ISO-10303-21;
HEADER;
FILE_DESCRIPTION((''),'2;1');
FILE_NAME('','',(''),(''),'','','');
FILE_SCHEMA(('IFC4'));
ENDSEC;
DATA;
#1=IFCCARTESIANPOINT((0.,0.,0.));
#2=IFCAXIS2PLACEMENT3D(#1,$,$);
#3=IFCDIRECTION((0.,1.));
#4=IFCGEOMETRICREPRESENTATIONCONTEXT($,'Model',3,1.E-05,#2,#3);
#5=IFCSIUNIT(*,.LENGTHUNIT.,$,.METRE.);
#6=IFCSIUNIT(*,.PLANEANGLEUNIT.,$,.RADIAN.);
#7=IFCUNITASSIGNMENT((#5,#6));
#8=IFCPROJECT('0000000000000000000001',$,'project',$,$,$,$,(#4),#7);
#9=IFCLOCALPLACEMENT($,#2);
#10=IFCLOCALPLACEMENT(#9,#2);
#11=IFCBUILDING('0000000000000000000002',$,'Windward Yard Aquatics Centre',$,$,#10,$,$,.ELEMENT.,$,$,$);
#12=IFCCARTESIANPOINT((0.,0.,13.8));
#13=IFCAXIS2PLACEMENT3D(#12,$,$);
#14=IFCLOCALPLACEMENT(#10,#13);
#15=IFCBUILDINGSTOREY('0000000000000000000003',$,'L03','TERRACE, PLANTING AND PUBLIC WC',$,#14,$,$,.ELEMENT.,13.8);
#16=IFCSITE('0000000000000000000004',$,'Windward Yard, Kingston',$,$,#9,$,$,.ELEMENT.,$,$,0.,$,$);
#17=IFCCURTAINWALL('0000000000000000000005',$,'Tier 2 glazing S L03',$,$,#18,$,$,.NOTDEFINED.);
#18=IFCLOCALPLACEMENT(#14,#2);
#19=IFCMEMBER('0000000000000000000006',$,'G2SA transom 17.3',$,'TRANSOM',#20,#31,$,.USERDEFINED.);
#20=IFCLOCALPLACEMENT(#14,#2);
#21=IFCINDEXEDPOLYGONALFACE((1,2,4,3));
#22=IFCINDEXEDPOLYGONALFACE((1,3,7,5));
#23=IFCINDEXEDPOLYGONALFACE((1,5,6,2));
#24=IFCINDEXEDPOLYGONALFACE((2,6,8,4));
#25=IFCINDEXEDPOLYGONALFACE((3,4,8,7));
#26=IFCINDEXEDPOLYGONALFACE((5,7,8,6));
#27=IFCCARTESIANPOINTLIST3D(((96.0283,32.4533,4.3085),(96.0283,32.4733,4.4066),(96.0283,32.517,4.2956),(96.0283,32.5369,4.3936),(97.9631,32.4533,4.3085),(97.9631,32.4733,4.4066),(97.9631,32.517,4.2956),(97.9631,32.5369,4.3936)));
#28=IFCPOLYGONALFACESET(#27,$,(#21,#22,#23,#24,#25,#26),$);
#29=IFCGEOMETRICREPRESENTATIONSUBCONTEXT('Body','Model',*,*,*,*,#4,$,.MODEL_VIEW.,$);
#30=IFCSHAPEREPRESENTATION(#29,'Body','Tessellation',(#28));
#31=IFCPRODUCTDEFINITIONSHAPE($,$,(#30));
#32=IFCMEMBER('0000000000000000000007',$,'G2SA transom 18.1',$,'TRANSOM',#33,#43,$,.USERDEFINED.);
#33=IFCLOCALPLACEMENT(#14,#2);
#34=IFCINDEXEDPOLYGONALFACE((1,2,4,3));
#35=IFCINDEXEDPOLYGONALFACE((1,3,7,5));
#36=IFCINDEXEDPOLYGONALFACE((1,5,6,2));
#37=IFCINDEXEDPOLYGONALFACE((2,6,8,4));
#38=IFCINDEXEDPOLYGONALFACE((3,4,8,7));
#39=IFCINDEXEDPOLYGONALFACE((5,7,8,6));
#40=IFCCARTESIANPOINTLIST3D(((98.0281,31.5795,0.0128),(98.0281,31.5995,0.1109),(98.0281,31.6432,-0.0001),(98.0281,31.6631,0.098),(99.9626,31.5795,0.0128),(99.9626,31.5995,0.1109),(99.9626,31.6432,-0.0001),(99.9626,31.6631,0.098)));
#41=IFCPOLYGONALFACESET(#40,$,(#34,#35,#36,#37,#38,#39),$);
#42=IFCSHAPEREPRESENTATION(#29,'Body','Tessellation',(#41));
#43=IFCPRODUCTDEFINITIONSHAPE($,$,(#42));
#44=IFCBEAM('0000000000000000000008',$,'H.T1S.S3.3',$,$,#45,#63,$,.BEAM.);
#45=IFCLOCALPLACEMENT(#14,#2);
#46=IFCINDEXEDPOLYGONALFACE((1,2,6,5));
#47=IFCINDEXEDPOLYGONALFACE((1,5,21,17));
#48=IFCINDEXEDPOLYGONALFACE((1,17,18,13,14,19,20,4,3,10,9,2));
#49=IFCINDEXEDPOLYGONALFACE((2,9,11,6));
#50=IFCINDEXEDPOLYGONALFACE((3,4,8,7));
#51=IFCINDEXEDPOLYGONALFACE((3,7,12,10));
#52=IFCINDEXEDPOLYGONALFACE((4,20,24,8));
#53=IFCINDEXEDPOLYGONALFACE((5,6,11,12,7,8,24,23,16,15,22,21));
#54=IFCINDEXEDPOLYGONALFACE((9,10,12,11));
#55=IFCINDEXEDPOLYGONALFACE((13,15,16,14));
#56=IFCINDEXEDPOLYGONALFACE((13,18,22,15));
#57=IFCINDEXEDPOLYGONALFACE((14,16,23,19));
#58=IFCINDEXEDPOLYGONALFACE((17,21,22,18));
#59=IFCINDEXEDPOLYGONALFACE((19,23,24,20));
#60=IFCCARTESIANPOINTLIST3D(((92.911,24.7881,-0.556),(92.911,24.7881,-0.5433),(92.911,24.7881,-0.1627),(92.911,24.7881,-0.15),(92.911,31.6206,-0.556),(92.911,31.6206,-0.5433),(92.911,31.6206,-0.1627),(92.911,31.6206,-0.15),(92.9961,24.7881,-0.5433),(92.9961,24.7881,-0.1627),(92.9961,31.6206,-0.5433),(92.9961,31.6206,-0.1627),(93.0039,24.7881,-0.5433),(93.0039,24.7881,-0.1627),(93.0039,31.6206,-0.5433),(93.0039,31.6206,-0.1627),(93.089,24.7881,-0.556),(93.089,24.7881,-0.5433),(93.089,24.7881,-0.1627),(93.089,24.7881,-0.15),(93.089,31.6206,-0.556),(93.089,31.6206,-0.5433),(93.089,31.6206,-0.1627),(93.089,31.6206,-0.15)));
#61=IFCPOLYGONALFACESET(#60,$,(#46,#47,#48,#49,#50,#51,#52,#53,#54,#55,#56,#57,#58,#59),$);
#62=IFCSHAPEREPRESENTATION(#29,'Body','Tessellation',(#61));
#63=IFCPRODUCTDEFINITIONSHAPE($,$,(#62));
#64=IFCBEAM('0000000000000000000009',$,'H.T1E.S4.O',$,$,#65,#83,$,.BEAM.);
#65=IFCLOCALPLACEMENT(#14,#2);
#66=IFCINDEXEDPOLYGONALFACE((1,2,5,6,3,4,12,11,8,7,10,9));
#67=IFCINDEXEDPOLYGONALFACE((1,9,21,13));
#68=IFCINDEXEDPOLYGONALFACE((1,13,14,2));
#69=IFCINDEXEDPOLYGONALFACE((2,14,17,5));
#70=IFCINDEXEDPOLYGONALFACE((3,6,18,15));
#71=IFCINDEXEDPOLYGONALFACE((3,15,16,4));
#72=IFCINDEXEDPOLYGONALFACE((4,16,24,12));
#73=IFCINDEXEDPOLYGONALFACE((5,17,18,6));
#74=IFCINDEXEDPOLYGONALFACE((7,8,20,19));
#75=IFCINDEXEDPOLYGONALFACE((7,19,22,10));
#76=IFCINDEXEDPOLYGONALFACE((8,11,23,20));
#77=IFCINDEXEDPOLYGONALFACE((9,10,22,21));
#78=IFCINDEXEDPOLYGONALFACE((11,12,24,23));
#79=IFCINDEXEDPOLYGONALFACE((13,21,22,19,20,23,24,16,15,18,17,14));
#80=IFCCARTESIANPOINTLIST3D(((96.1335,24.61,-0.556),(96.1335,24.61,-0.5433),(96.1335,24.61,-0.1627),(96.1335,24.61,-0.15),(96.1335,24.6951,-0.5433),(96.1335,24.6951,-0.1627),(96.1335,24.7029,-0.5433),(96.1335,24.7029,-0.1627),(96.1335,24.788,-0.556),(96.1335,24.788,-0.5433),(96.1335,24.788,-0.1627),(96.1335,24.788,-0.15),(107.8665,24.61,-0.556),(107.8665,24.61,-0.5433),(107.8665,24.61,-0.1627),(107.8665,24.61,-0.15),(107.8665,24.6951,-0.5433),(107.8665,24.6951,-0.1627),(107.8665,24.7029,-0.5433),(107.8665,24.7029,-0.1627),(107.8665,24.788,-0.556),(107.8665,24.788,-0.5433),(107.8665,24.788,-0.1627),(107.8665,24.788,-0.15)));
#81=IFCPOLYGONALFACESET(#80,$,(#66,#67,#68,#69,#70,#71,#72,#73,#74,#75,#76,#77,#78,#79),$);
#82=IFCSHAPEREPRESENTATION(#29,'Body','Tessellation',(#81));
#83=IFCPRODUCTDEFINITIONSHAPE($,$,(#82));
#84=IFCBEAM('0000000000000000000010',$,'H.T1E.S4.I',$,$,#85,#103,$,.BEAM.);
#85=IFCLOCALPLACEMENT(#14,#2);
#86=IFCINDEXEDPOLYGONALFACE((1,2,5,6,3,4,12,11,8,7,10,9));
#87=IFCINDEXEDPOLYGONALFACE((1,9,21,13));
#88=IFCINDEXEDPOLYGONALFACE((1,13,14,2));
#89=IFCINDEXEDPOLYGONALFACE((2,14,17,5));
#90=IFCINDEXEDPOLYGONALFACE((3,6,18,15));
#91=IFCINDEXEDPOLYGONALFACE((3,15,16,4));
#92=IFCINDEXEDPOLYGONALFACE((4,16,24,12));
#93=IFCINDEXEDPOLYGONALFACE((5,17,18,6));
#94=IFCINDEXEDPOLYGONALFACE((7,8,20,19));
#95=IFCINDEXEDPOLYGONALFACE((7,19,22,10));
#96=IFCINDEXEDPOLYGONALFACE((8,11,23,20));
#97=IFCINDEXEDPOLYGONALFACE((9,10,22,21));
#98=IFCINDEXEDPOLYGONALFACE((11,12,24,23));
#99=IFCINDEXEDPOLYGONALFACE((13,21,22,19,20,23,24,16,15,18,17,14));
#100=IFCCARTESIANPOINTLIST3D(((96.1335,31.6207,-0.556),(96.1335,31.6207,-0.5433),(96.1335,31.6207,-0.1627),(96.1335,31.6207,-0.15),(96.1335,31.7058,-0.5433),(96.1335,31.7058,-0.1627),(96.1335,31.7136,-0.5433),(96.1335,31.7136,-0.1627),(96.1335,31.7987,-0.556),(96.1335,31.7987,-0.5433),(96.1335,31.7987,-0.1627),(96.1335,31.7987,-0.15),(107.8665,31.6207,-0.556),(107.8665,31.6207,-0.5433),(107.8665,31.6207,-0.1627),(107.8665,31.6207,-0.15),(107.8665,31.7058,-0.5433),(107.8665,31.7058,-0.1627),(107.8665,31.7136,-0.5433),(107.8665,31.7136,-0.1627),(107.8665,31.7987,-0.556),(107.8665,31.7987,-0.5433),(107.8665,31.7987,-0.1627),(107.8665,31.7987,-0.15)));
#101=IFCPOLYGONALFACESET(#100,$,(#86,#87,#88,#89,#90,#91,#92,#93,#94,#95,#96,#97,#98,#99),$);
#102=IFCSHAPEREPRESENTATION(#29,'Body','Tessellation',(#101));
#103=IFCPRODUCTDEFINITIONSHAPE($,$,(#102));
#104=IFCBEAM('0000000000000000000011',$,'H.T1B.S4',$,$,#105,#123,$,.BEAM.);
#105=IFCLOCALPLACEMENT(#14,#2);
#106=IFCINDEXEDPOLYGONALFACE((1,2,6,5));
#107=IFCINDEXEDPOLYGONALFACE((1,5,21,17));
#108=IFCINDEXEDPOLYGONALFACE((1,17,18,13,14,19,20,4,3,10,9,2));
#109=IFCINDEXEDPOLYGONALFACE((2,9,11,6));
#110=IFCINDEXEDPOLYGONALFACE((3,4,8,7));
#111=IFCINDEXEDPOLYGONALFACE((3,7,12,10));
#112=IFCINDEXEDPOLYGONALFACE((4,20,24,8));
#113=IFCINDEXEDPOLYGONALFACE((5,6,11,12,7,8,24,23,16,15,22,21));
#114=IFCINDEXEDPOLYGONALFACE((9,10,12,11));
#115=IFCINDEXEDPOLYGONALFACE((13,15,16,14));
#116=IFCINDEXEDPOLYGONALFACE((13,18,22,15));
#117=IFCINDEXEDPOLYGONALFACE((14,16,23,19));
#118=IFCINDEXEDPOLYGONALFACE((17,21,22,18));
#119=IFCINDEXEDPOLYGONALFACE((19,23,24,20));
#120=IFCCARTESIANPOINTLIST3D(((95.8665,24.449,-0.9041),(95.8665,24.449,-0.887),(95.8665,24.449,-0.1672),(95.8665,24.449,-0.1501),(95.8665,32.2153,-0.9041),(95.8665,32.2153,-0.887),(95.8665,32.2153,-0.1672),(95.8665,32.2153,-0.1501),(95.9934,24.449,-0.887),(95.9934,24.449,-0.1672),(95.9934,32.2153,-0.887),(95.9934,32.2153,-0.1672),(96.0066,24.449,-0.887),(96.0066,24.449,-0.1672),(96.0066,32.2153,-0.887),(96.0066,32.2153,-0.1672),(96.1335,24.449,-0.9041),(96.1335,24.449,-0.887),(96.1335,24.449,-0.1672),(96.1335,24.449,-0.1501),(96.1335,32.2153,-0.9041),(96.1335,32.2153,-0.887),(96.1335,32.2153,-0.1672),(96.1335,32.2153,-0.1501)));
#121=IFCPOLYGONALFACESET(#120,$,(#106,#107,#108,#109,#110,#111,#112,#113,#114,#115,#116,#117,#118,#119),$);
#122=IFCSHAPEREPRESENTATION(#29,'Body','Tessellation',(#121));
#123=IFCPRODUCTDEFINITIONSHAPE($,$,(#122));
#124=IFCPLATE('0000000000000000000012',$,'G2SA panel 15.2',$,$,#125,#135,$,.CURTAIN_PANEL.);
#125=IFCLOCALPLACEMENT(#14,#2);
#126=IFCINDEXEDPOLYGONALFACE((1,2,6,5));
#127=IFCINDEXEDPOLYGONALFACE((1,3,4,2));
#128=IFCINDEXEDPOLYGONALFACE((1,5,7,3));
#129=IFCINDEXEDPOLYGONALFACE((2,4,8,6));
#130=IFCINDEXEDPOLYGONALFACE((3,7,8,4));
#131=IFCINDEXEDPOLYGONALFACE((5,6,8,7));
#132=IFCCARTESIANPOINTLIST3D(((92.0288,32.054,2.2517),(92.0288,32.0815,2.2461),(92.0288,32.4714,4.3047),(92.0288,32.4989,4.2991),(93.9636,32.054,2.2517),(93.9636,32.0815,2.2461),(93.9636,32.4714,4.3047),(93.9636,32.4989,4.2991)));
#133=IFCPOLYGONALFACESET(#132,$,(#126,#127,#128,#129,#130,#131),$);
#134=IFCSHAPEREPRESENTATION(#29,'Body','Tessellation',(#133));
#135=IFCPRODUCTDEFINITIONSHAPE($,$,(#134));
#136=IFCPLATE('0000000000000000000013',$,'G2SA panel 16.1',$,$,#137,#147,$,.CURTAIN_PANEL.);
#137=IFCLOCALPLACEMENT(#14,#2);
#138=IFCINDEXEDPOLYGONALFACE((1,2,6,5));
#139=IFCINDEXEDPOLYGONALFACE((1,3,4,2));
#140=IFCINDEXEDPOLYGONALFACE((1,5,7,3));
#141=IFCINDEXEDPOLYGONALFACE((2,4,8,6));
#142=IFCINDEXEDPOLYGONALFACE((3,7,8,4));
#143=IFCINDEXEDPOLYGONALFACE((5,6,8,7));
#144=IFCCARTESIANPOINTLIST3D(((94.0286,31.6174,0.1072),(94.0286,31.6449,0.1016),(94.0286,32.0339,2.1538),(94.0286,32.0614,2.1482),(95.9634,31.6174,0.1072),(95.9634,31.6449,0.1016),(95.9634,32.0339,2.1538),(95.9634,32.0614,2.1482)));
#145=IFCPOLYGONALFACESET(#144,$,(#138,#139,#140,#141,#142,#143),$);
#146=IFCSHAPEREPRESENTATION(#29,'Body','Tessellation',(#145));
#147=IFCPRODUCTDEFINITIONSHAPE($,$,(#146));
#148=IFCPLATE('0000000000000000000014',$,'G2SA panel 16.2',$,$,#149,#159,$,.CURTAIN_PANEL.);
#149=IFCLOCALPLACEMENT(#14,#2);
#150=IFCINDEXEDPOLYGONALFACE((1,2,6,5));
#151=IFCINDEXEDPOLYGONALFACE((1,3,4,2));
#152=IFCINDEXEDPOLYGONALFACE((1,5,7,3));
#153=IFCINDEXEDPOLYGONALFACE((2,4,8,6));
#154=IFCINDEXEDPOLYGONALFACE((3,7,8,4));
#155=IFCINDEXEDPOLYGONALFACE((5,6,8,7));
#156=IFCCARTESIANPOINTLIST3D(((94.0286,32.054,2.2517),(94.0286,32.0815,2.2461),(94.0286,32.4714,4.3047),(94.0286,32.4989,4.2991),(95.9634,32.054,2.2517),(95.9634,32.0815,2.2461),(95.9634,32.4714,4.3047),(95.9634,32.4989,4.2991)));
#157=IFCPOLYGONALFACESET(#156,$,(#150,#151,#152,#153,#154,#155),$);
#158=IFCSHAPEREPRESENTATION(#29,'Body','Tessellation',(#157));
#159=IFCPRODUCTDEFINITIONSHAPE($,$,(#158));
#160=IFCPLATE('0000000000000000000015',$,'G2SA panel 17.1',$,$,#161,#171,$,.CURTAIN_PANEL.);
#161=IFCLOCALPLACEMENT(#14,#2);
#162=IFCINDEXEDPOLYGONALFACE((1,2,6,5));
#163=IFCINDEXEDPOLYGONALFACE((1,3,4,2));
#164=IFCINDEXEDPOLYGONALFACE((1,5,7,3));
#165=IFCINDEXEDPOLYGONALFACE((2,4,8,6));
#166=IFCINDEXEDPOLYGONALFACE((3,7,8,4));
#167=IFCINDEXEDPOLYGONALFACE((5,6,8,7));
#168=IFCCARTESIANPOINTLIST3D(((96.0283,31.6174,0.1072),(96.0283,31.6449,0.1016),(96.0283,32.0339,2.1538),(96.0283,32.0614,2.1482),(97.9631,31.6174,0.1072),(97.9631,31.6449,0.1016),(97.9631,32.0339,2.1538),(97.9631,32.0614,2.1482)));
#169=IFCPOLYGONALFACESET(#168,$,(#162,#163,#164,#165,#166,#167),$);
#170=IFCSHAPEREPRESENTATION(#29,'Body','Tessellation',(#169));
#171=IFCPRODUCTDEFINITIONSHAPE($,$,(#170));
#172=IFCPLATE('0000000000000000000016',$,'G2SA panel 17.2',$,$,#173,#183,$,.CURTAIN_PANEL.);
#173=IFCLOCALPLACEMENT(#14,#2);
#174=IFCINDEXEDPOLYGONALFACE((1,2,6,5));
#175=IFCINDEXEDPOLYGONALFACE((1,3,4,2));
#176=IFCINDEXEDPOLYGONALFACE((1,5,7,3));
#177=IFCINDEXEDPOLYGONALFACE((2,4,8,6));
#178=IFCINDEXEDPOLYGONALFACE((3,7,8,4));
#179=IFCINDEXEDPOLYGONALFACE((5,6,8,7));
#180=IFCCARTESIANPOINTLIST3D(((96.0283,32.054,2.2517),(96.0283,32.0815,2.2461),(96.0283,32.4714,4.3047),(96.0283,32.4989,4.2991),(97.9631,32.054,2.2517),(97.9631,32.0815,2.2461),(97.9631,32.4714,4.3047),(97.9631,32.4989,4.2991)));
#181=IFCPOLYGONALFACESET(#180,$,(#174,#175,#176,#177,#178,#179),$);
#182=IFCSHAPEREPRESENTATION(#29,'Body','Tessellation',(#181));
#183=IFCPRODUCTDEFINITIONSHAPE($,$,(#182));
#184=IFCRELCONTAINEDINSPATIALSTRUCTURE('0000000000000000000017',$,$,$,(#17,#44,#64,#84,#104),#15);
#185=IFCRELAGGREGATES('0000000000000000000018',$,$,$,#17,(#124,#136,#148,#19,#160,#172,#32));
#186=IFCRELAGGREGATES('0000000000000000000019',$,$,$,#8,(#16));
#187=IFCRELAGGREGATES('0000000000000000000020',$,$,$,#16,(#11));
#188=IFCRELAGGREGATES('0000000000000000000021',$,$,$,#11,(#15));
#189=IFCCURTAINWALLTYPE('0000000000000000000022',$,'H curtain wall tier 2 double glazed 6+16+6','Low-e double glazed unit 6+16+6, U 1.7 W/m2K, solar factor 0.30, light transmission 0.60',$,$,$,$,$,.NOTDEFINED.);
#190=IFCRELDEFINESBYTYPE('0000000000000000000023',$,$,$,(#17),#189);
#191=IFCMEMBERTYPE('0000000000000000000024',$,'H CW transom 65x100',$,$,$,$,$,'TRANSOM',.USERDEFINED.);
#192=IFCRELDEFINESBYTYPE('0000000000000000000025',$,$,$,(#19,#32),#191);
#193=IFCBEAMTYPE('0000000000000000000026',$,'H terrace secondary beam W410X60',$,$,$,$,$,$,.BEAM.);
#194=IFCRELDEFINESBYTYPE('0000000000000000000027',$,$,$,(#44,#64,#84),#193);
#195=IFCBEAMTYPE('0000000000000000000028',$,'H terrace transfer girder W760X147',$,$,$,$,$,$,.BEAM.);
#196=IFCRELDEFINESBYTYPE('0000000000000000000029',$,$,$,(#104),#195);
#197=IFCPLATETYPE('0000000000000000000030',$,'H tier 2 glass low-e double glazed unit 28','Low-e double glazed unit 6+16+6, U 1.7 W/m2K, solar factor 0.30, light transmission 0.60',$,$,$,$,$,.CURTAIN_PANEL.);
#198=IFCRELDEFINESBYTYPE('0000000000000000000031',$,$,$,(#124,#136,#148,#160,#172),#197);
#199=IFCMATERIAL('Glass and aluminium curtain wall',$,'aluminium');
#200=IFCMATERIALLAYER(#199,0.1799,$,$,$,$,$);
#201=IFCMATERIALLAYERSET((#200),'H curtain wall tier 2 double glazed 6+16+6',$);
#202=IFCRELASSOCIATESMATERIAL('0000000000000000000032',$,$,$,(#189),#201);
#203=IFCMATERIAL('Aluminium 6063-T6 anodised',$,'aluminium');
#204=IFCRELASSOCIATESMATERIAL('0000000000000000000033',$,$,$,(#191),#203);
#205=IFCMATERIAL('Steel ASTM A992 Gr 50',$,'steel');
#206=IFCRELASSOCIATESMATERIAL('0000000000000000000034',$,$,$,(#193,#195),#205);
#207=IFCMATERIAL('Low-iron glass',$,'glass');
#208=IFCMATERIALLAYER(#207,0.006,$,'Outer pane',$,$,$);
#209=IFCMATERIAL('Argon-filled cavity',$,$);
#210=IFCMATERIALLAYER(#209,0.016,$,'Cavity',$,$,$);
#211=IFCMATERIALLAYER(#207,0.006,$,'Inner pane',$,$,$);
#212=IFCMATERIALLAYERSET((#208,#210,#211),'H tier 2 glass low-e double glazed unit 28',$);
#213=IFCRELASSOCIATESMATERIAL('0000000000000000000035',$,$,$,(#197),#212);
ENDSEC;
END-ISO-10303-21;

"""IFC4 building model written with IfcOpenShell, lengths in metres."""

from ifc_helpers import new_model, si_unit, direction, frame, origin, origin_2d, place, context, subcontext, project, spatial, polyline, rectangle, i_section, outline, extrude, material, layer, layer_set, material_profile, profile_set, type_object, element, aggregate, save


model = new_model("IFC4")

# Units and contexts
model_context = context("Model", 3, precision=1e-05, world=origin(), true_north=direction((0.0, 1.0)))
body_context = subcontext(model_context, "Body", "Model", "MODEL_VIEW")
ifc_project = project(units=[si_unit("LENGTHUNIT", "METRE"), si_unit("PLANEANGLEUNIT", "RADIAN")], contexts=[model_context])

# Site, building, storey
site_placement = place(None, origin())
site = spatial("IfcSite", under=ifc_project, at=site_placement, Name="Windward Yard, Kingston", CompositionType="ELEMENT", RefElevation=0.0)
building_placement = place(site_placement, origin())
building = spatial("IfcBuilding", under=site, at=building_placement, Name="Windward Yard Aquatics Centre", CompositionType="ELEMENT")
storey_placement = place(building_placement, frame((0.0, 0.0, 13.8)))
storey = spatial("IfcBuildingStorey", under=building, at=storey_placement, Name="L03", Description="TERRACE, PLANTING AND PUBLIC WC", CompositionType="ELEMENT", Elevation=13.8)

# Curtain wall, members
ifc_material_1 = material(Name="Glass and aluminium curtain wall", Category="aluminium")
ifc_layer_1 = layer(ifc_material_1, 0.1799)
ifc_layer_set_1 = layer_set([ifc_layer_1], Name="H curtain wall tier 2 double glazed 6+16+6")
curtain_wall_type = type_object("IfcCurtainWallType", Name="H curtain wall tier 2 double glazed 6+16+6", Description="Low-e double glazed unit 6+16+6, U 1.7 W/m2K, solar factor 0.30, light transmission 0.60", PredefinedType="NOTDEFINED", material=ifc_layer_set_1)
curtain_wall_placement = place(storey_placement, origin())
curtain_wall = element("IfcCurtainWall", 1, at=curtain_wall_placement, inside=storey, type_object=curtain_wall_type, Name="Tier 2 glazing S L03", PredefinedType="NOTDEFINED")
ifc_material_2 = material(Name="Aluminium 6063-T6 anodised", Category="aluminium")
ifc_material_profile_1 = material_profile(ifc_material_2, rectangle(XDim=0.0649, YDim=0.1001, at=origin_2d()), Name="H CW transom 65x100")
ifc_profile_set_1 = profile_set([ifc_material_profile_1], Name="Aluminium 6063-T6 anodised")
member_type_1 = type_object("IfcMemberType", Name="H CW transom 65x100", ElementType="TRANSOM", PredefinedType="USERDEFINED", material=ifc_profile_set_1)
member_1_placement = place(storey_placement, frame((96.0283, 32.4951, 4.3511), z_axis=(1.0, 0.0, 0.0), x_axis=(0.0, -0.979925, 0.199368)))
member_1 = element("IfcMember", 2, at=member_1_placement, type_object=member_type_1, Name="G2SA transom 17.3", ObjectType="TRANSOM", PredefinedType="USERDEFINED", context=body_context, shape_type="SweptSolid", body=[
    extrude(rectangle(XDim=0.0649, YDim=0.1001, at=origin_2d()), origin(), (0.0, 0.0, 1.0), 1.9348),
])
member_2_placement = place(storey_placement, frame((98.0281, 31.6213, 0.0554), z_axis=(1.0, 0.0, 0.0), x_axis=(0.0, -0.979925, 0.199368)))
member_2 = element("IfcMember", 3, at=member_2_placement, type_object=member_type_1, Name="G2SA transom 18.1", ObjectType="TRANSOM", PredefinedType="USERDEFINED", context=body_context, shape_type="SweptSolid", body=[
    extrude(rectangle(XDim=0.0649, YDim=0.1001, at=origin_2d()), origin(), (0.0, 0.0, 1.0), 1.9346),
])

# Beams
ifc_material_3 = material(Name="Steel ASTM A992 Gr 50", Category="steel")
ifc_material_profile_2 = material_profile(ifc_material_3, i_section(OverallWidth=0.178, OverallDepth=0.406, WebThickness=0.0078, FlangeThickness=0.0127, at=origin_2d()), Name="W410X60")
ifc_profile_set_2 = profile_set([ifc_material_profile_2], Name="Steel ASTM A992 Gr 50")
beam_type_1 = type_object("IfcBeamType", Name="H terrace secondary beam W410X60", PredefinedType="BEAM", material=ifc_profile_set_2)
beam_1_placement = place(storey_placement, frame((93.0, 24.7881, -0.353), z_axis=(0.0, 1.0, 0.0), x_axis=(-1.0, 0.0, 0.0)))
element("IfcBeam", 4, at=beam_1_placement, inside=storey, type_object=beam_type_1, Name="H.T1S.S3.3", PredefinedType="BEAM", context=body_context, shape_type="SweptSolid", body=[
    extrude(i_section(OverallWidth=0.178, OverallDepth=0.406, WebThickness=0.0078, FlangeThickness=0.0127, at=origin_2d()), origin(), (0.0, 0.0, 1.0), 6.8325),
])
for number, where, z_axis, x_axis, name in (
    (5, (96.1335, 24.699, -0.353), (1.0, 0.0, 0.0), (0.0, 1.0, 0.0), "H.T1E.S4.O"),
    (6, (96.1335, 31.7097, -0.353), (1.0, 0.0, 0.0), (0.0, 1.0, 0.0), "H.T1E.S4.I"),
):
    element("IfcBeam", number, at=place(storey_placement, frame(where, z_axis=z_axis, x_axis=x_axis)), inside=storey, type_object=beam_type_1, Name=name, PredefinedType="BEAM", context=body_context, shape_type="SweptSolid", body=[
        extrude(i_section(OverallWidth=0.178, OverallDepth=0.406, WebThickness=0.0078, FlangeThickness=0.0127, at=origin_2d()), origin(), (0.0, 0.0, 1.0), 11.7329),
    ])
ifc_material_profile_3 = material_profile(ifc_material_3, i_section(OverallWidth=0.2671, OverallDepth=0.7539, WebThickness=0.0132, FlangeThickness=0.0171, at=origin_2d()), Name="W760X147")
ifc_profile_set_3 = profile_set([ifc_material_profile_3], Name="Steel ASTM A992 Gr 50")
beam_type_2 = type_object("IfcBeamType", Name="H terrace transfer girder W760X147", PredefinedType="BEAM", material=ifc_profile_set_3)
beam_2_placement = place(storey_placement, frame((96.0, 24.449, -0.5271), z_axis=(0.0, 1.0, 0.0), x_axis=(-1.0, 0.0, 0.0)))
element("IfcBeam", 7, at=beam_2_placement, inside=storey, type_object=beam_type_2, Name="H.T1B.S4", PredefinedType="BEAM", context=body_context, shape_type="SweptSolid", body=[
    extrude(i_section(OverallWidth=0.2671, OverallDepth=0.7539, WebThickness=0.0132, FlangeThickness=0.0171, at=origin_2d()), origin(), (0.0, 0.0, 1.0), 7.7664),
])

# Plates
ifc_material_4 = material(Name="Low-iron glass", Category="glass")
ifc_layer_2 = layer(ifc_material_4, 0.006, Name="Outer pane")
ifc_material_5 = material(Name="Argon-filled cavity")
ifc_layer_3 = layer(ifc_material_5, 0.016, Name="Cavity")
ifc_layer_4 = layer(ifc_material_4, 0.006, Name="Inner pane")
ifc_layer_set_2 = layer_set([ifc_layer_2, ifc_layer_3, ifc_layer_4], Name="H tier 2 glass low-e double glazed unit 28")
plate_type = type_object("IfcPlateType", Name="H tier 2 glass low-e double glazed unit 28", Description="Low-e double glazed unit 6+16+6, U 1.7 W/m2K, solar factor 0.30, light transmission 0.60", PredefinedType="CURTAIN_PANEL", material=ifc_layer_set_2)
plate_1_placement = place(storey_placement, frame((92.0288, 32.054, 2.2517), z_axis=(0.0, -0.979944, 0.199275), x_axis=(1.0, 0.0, 0.0)))
plate_1 = element("IfcPlate", 8, at=plate_1_placement, type_object=plate_type, Name="G2SA panel 15.2", PredefinedType="CURTAIN_PANEL", context=body_context, shape_type="SweptSolid", body=[
    extrude(outline(polyline([(0.0, 0.0), (1.9348, 0.0), (1.9348, 2.095), (0.0, 2.095), (0.0, 0.0)])), origin(), (0.0, 0.0, -1.0), 0.0281),
])
plate_2_placement = place(storey_placement, frame((94.0286, 31.6174, 0.1072), z_axis=(0.0, -0.979914, 0.199419), x_axis=(1.0, 0.0, 0.0)))
plate_2 = element("IfcPlate", 9, at=plate_2_placement, type_object=plate_type, Name="G2SA panel 16.1", PredefinedType="CURTAIN_PANEL", context=body_context, shape_type="SweptSolid", body=[
    extrude(outline(polyline([(0.0, 0.0), (1.9348, 0.0), (1.9348, 2.0886), (0.0, 2.0886), (0.0, 0.0)])), origin(), (0.0, 0.0, -1.0), 0.0281),
])
plate_3_placement = place(storey_placement, frame((94.0286, 32.054, 2.2517), z_axis=(0.0, -0.979944, 0.199275), x_axis=(1.0, 0.0, 0.0)))
plate_3 = element("IfcPlate", 10, at=plate_3_placement, type_object=plate_type, Name="G2SA panel 16.2", PredefinedType="CURTAIN_PANEL", context=body_context, shape_type="SweptSolid", body=[
    extrude(outline(polyline([(0.0, 0.0), (1.9348, 0.0), (1.9348, 2.095), (0.0, 2.095), (0.0, 0.0)])), origin(), (0.0, 0.0, -1.0), 0.0281),
])
plate_4_placement = place(storey_placement, frame((96.0283, 31.6174, 0.1072), z_axis=(0.0, -0.979914, 0.199419), x_axis=(1.0, 0.0, 0.0)))
plate_4 = element("IfcPlate", 11, at=plate_4_placement, type_object=plate_type, Name="G2SA panel 17.1", PredefinedType="CURTAIN_PANEL", context=body_context, shape_type="SweptSolid", body=[
    extrude(outline(polyline([(0.0, 0.0), (1.9348, 0.0), (1.9348, 2.0886), (0.0, 2.0886), (0.0, 0.0)])), origin(), (0.0, 0.0, -1.0), 0.0281),
])
plate_5_placement = place(storey_placement, frame((96.0283, 32.054, 2.2517), z_axis=(0.0, -0.979944, 0.199275), x_axis=(1.0, 0.0, 0.0)))
plate_5 = element("IfcPlate", 12, at=plate_5_placement, type_object=plate_type, Name="G2SA panel 17.2", PredefinedType="CURTAIN_PANEL", context=body_context, shape_type="SweptSolid", body=[
    extrude(outline(polyline([(0.0, 0.0), (1.9348, 0.0), (1.9348, 2.095), (0.0, 2.095), (0.0, 0.0)])), origin(), (0.0, 0.0, -1.0), 0.0281),
])
aggregate(curtain_wall, [plate_1, plate_2, plate_3, member_1, plate_4, plate_5, member_2])

save(model, "model.ifc")
